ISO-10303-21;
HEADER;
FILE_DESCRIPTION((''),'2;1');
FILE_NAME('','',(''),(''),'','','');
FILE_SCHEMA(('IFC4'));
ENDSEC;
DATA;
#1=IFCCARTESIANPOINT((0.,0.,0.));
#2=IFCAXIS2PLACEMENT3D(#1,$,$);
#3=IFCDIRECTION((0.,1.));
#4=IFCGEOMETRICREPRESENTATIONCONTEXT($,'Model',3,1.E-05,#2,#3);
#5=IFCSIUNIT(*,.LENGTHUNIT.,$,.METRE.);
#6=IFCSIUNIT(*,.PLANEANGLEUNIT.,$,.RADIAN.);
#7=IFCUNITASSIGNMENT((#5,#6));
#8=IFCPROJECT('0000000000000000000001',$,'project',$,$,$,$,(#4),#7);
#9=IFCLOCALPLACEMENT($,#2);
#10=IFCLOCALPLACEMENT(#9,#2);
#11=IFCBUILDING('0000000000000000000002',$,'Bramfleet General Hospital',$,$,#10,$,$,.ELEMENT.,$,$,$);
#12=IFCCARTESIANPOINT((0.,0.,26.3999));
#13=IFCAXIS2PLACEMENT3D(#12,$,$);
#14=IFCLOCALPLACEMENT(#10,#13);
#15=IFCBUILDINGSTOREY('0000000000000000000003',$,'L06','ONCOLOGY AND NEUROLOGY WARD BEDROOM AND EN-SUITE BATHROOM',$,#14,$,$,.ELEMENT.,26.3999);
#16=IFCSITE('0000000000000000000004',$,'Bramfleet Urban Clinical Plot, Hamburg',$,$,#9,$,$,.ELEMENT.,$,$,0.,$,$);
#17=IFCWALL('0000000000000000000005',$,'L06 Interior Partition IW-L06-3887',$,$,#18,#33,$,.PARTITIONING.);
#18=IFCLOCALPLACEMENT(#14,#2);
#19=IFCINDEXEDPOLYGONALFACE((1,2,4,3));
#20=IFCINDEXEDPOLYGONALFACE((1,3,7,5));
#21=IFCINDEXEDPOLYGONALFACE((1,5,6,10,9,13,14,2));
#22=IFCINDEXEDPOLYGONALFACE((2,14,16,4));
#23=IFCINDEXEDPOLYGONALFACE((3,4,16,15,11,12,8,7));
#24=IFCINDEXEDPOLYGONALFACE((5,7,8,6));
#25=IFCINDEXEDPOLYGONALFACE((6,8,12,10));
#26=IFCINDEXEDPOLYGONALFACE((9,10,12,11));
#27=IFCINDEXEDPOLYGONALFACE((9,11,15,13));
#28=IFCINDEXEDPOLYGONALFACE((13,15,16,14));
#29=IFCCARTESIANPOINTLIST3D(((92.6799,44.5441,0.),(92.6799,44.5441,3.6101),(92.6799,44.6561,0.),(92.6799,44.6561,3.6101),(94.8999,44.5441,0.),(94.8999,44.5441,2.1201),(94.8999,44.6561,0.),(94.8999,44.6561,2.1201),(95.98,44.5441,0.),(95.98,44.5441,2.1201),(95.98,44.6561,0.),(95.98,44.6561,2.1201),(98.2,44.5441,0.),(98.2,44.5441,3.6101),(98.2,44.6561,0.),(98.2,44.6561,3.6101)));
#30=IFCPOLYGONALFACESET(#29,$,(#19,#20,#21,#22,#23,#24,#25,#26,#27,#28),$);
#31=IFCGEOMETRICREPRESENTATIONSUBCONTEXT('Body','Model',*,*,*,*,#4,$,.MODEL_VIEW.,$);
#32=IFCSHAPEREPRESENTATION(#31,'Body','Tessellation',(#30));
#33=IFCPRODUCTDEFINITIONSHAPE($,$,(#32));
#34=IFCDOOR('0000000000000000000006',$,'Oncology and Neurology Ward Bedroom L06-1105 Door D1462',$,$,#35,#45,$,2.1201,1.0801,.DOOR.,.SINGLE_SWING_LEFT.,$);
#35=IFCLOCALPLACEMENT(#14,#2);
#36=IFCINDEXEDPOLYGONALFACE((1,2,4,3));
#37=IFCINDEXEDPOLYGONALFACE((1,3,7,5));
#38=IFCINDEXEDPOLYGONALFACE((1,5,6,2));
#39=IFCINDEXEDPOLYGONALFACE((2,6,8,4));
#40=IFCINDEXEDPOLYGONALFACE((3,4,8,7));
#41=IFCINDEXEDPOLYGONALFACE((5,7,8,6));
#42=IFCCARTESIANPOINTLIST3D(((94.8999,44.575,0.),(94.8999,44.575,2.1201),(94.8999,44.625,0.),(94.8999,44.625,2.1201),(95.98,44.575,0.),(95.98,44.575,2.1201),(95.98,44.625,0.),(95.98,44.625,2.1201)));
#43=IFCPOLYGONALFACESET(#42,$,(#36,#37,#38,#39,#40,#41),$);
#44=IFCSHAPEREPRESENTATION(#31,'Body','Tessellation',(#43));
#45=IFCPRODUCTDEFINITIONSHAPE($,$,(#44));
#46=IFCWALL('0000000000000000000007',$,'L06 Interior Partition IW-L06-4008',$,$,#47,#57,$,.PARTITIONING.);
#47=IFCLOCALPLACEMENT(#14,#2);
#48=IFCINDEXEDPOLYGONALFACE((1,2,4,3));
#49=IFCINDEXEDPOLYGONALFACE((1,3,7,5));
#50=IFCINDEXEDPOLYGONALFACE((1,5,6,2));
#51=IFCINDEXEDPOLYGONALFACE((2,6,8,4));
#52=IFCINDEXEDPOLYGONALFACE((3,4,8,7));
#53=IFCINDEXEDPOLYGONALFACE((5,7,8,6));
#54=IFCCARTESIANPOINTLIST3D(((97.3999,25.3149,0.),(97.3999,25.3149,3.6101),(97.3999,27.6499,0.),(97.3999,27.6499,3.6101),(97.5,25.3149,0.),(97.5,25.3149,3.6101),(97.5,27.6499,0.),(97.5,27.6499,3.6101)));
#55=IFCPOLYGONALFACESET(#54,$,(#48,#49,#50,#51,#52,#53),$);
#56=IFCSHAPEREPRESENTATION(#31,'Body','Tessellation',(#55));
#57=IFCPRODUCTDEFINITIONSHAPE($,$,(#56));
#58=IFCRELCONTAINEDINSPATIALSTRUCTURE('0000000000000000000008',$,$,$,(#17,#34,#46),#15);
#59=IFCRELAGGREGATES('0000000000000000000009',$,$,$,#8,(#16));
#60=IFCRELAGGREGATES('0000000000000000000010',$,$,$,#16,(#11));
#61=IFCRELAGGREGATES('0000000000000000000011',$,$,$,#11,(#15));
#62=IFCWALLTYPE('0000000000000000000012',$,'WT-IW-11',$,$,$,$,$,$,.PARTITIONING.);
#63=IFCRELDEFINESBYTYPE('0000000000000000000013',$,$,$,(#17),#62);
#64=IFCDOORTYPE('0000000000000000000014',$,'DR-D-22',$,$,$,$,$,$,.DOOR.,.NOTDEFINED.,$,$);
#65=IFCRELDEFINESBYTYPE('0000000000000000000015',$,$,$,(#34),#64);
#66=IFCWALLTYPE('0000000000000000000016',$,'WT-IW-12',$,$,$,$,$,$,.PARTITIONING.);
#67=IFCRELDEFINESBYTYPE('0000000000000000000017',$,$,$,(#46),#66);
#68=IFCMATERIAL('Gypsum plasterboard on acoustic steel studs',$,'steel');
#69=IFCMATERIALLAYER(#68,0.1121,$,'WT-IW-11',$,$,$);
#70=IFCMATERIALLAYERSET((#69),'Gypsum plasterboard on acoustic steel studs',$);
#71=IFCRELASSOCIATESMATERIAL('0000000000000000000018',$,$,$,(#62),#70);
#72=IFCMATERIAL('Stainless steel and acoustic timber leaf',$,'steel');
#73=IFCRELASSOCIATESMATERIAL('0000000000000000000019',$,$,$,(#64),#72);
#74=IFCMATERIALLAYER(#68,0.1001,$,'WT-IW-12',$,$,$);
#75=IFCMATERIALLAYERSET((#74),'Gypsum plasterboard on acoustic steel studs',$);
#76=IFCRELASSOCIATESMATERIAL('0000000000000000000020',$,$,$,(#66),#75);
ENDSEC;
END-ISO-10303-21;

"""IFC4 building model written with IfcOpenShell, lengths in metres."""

from ifc_helpers import new_model, si_unit, direction, frame, frame_2d, origin, place, context, subcontext, project, spatial, rectangle, extrude, material, layer, layer_set, type_object, element, fill, save


model = new_model("IFC4")

# Units and contexts
model_context = context("Model", 3, precision=1e-05, world=origin(), true_north=direction((0.0, 1.0)))
body_context = subcontext(model_context, "Body", "Model", "MODEL_VIEW")
ifc_project = project(units=[si_unit("LENGTHUNIT", "METRE"), si_unit("PLANEANGLEUNIT", "RADIAN")], contexts=[model_context])

# Site, building, storey
site_placement = place(None, origin())
site = spatial("IfcSite", under=ifc_project, at=site_placement, Name="Bramfleet Urban Clinical Plot, Hamburg", CompositionType="ELEMENT", RefElevation=0.0)
building_placement = place(site_placement, origin())
building = spatial("IfcBuilding", under=site, at=building_placement, Name="Bramfleet General Hospital", CompositionType="ELEMENT")
storey_placement = place(building_placement, frame((0.0, 0.0, 26.3999)))
storey = spatial("IfcBuildingStorey", under=building, at=storey_placement, Name="L06", Description="ONCOLOGY AND NEUROLOGY WARD BEDROOM AND EN-SUITE BATHROOM", CompositionType="ELEMENT", Elevation=26.3999)

# Shared definitions
ifc_material_1 = material(Name="Stainless steel and acoustic timber leaf", Category="steel")

# Shared definitions
ifc_material_2 = material(Name="Gypsum plasterboard on acoustic steel studs", Category="steel")

# Wall, opening, door
ifc_layer_1 = layer(ifc_material_2, 0.1121, Name="WT-IW-11")
ifc_layer_set_1 = layer_set([ifc_layer_1], Name="Gypsum plasterboard on acoustic steel studs")
wall_type_1 = type_object("IfcWallType", Name="WT-IW-11", PredefinedType="PARTITIONING", material=ifc_layer_set_1)
wall_1_placement = place(storey_placement, frame((92.6799, 44.6001, 0.0), z_axis=(0.0, 0.0, 1.0), x_axis=(1.0, 0.0, 0.0)))
wall_1 = element("IfcWall", 1, at=wall_1_placement, inside=storey, type_object=wall_type_1, Name="L06 Interior Partition IW-L06-3887", PredefinedType="PARTITIONING", context=body_context, shape_type="SweptSolid", body=[
    extrude(rectangle(XDim=5.52, YDim=0.1121, at=frame_2d((2.76, 0.0))), origin(), (0.0, 0.0, 1.0), 3.6101),
])
opening_1_placement = place(wall_1_placement, frame((2.22, 0.0, 0.0)))
opening_1 = element("IfcOpeningElement", 2, at=opening_1_placement, cuts=wall_1, PredefinedType="OPENING", context=body_context, shape_type="SweptSolid", body=[
    extrude(rectangle(XDim=1.0801, YDim=2.1201, at=frame_2d((0.54, 1.0601))), frame((0.0, 0.0659, 0.0), z_axis=(0.0, -1.0, 0.0), x_axis=(1.0, 0.0, 0.0)), (0.0, 0.0, 1.0), 0.1321),
])
door_type_1 = type_object("IfcDoorType", Name="DR-D-22", OperationType="NOTDEFINED", PredefinedType="DOOR", material=ifc_material_1)
door_1_placement = place(opening_1_placement, origin())
door_1 = element("IfcDoor", 3, at=door_1_placement, inside=storey, type_object=door_type_1, Name="Oncology and Neurology Ward Bedroom L06-1105 Door D1462", OperationType="SINGLE_SWING_LEFT", OverallHeight=2.1201, OverallWidth=1.0801, PredefinedType="DOOR", context=body_context, shape_type="SweptSolid", body=[
    extrude(rectangle(XDim=1.0801, YDim=2.1201, at=frame_2d((0.54, 1.0601))), frame((0.0, 0.0249, 0.0), z_axis=(0.0, -1.0, 0.0), x_axis=(1.0, 0.0, 0.0)), (0.0, 0.0, 1.0), 0.05),
])
fill(opening_1, door_1)

# Wall
ifc_layer_2 = layer(ifc_material_2, 0.1001, Name="WT-IW-12")
ifc_layer_set_2 = layer_set([ifc_layer_2], Name="Gypsum plasterboard on acoustic steel studs")
wall_type_2 = type_object("IfcWallType", Name="WT-IW-12", PredefinedType="PARTITIONING", material=ifc_layer_set_2)
wall_2_placement = place(storey_placement, frame((97.45, 25.3149, 0.0), z_axis=(0.0, 0.0, 1.0), x_axis=(0.0, 1.0, 0.0)))
element("IfcWall", 4, at=wall_2_placement, inside=storey, type_object=wall_type_2, Name="L06 Interior Partition IW-L06-4008", PredefinedType="PARTITIONING", context=body_context, shape_type="SweptSolid", body=[
    extrude(rectangle(XDim=2.335, YDim=0.1001, at=frame_2d((1.1675, 0.0))), origin(), (0.0, 0.0, 1.0), 3.6101),
])

save(model, "model.ifc")
